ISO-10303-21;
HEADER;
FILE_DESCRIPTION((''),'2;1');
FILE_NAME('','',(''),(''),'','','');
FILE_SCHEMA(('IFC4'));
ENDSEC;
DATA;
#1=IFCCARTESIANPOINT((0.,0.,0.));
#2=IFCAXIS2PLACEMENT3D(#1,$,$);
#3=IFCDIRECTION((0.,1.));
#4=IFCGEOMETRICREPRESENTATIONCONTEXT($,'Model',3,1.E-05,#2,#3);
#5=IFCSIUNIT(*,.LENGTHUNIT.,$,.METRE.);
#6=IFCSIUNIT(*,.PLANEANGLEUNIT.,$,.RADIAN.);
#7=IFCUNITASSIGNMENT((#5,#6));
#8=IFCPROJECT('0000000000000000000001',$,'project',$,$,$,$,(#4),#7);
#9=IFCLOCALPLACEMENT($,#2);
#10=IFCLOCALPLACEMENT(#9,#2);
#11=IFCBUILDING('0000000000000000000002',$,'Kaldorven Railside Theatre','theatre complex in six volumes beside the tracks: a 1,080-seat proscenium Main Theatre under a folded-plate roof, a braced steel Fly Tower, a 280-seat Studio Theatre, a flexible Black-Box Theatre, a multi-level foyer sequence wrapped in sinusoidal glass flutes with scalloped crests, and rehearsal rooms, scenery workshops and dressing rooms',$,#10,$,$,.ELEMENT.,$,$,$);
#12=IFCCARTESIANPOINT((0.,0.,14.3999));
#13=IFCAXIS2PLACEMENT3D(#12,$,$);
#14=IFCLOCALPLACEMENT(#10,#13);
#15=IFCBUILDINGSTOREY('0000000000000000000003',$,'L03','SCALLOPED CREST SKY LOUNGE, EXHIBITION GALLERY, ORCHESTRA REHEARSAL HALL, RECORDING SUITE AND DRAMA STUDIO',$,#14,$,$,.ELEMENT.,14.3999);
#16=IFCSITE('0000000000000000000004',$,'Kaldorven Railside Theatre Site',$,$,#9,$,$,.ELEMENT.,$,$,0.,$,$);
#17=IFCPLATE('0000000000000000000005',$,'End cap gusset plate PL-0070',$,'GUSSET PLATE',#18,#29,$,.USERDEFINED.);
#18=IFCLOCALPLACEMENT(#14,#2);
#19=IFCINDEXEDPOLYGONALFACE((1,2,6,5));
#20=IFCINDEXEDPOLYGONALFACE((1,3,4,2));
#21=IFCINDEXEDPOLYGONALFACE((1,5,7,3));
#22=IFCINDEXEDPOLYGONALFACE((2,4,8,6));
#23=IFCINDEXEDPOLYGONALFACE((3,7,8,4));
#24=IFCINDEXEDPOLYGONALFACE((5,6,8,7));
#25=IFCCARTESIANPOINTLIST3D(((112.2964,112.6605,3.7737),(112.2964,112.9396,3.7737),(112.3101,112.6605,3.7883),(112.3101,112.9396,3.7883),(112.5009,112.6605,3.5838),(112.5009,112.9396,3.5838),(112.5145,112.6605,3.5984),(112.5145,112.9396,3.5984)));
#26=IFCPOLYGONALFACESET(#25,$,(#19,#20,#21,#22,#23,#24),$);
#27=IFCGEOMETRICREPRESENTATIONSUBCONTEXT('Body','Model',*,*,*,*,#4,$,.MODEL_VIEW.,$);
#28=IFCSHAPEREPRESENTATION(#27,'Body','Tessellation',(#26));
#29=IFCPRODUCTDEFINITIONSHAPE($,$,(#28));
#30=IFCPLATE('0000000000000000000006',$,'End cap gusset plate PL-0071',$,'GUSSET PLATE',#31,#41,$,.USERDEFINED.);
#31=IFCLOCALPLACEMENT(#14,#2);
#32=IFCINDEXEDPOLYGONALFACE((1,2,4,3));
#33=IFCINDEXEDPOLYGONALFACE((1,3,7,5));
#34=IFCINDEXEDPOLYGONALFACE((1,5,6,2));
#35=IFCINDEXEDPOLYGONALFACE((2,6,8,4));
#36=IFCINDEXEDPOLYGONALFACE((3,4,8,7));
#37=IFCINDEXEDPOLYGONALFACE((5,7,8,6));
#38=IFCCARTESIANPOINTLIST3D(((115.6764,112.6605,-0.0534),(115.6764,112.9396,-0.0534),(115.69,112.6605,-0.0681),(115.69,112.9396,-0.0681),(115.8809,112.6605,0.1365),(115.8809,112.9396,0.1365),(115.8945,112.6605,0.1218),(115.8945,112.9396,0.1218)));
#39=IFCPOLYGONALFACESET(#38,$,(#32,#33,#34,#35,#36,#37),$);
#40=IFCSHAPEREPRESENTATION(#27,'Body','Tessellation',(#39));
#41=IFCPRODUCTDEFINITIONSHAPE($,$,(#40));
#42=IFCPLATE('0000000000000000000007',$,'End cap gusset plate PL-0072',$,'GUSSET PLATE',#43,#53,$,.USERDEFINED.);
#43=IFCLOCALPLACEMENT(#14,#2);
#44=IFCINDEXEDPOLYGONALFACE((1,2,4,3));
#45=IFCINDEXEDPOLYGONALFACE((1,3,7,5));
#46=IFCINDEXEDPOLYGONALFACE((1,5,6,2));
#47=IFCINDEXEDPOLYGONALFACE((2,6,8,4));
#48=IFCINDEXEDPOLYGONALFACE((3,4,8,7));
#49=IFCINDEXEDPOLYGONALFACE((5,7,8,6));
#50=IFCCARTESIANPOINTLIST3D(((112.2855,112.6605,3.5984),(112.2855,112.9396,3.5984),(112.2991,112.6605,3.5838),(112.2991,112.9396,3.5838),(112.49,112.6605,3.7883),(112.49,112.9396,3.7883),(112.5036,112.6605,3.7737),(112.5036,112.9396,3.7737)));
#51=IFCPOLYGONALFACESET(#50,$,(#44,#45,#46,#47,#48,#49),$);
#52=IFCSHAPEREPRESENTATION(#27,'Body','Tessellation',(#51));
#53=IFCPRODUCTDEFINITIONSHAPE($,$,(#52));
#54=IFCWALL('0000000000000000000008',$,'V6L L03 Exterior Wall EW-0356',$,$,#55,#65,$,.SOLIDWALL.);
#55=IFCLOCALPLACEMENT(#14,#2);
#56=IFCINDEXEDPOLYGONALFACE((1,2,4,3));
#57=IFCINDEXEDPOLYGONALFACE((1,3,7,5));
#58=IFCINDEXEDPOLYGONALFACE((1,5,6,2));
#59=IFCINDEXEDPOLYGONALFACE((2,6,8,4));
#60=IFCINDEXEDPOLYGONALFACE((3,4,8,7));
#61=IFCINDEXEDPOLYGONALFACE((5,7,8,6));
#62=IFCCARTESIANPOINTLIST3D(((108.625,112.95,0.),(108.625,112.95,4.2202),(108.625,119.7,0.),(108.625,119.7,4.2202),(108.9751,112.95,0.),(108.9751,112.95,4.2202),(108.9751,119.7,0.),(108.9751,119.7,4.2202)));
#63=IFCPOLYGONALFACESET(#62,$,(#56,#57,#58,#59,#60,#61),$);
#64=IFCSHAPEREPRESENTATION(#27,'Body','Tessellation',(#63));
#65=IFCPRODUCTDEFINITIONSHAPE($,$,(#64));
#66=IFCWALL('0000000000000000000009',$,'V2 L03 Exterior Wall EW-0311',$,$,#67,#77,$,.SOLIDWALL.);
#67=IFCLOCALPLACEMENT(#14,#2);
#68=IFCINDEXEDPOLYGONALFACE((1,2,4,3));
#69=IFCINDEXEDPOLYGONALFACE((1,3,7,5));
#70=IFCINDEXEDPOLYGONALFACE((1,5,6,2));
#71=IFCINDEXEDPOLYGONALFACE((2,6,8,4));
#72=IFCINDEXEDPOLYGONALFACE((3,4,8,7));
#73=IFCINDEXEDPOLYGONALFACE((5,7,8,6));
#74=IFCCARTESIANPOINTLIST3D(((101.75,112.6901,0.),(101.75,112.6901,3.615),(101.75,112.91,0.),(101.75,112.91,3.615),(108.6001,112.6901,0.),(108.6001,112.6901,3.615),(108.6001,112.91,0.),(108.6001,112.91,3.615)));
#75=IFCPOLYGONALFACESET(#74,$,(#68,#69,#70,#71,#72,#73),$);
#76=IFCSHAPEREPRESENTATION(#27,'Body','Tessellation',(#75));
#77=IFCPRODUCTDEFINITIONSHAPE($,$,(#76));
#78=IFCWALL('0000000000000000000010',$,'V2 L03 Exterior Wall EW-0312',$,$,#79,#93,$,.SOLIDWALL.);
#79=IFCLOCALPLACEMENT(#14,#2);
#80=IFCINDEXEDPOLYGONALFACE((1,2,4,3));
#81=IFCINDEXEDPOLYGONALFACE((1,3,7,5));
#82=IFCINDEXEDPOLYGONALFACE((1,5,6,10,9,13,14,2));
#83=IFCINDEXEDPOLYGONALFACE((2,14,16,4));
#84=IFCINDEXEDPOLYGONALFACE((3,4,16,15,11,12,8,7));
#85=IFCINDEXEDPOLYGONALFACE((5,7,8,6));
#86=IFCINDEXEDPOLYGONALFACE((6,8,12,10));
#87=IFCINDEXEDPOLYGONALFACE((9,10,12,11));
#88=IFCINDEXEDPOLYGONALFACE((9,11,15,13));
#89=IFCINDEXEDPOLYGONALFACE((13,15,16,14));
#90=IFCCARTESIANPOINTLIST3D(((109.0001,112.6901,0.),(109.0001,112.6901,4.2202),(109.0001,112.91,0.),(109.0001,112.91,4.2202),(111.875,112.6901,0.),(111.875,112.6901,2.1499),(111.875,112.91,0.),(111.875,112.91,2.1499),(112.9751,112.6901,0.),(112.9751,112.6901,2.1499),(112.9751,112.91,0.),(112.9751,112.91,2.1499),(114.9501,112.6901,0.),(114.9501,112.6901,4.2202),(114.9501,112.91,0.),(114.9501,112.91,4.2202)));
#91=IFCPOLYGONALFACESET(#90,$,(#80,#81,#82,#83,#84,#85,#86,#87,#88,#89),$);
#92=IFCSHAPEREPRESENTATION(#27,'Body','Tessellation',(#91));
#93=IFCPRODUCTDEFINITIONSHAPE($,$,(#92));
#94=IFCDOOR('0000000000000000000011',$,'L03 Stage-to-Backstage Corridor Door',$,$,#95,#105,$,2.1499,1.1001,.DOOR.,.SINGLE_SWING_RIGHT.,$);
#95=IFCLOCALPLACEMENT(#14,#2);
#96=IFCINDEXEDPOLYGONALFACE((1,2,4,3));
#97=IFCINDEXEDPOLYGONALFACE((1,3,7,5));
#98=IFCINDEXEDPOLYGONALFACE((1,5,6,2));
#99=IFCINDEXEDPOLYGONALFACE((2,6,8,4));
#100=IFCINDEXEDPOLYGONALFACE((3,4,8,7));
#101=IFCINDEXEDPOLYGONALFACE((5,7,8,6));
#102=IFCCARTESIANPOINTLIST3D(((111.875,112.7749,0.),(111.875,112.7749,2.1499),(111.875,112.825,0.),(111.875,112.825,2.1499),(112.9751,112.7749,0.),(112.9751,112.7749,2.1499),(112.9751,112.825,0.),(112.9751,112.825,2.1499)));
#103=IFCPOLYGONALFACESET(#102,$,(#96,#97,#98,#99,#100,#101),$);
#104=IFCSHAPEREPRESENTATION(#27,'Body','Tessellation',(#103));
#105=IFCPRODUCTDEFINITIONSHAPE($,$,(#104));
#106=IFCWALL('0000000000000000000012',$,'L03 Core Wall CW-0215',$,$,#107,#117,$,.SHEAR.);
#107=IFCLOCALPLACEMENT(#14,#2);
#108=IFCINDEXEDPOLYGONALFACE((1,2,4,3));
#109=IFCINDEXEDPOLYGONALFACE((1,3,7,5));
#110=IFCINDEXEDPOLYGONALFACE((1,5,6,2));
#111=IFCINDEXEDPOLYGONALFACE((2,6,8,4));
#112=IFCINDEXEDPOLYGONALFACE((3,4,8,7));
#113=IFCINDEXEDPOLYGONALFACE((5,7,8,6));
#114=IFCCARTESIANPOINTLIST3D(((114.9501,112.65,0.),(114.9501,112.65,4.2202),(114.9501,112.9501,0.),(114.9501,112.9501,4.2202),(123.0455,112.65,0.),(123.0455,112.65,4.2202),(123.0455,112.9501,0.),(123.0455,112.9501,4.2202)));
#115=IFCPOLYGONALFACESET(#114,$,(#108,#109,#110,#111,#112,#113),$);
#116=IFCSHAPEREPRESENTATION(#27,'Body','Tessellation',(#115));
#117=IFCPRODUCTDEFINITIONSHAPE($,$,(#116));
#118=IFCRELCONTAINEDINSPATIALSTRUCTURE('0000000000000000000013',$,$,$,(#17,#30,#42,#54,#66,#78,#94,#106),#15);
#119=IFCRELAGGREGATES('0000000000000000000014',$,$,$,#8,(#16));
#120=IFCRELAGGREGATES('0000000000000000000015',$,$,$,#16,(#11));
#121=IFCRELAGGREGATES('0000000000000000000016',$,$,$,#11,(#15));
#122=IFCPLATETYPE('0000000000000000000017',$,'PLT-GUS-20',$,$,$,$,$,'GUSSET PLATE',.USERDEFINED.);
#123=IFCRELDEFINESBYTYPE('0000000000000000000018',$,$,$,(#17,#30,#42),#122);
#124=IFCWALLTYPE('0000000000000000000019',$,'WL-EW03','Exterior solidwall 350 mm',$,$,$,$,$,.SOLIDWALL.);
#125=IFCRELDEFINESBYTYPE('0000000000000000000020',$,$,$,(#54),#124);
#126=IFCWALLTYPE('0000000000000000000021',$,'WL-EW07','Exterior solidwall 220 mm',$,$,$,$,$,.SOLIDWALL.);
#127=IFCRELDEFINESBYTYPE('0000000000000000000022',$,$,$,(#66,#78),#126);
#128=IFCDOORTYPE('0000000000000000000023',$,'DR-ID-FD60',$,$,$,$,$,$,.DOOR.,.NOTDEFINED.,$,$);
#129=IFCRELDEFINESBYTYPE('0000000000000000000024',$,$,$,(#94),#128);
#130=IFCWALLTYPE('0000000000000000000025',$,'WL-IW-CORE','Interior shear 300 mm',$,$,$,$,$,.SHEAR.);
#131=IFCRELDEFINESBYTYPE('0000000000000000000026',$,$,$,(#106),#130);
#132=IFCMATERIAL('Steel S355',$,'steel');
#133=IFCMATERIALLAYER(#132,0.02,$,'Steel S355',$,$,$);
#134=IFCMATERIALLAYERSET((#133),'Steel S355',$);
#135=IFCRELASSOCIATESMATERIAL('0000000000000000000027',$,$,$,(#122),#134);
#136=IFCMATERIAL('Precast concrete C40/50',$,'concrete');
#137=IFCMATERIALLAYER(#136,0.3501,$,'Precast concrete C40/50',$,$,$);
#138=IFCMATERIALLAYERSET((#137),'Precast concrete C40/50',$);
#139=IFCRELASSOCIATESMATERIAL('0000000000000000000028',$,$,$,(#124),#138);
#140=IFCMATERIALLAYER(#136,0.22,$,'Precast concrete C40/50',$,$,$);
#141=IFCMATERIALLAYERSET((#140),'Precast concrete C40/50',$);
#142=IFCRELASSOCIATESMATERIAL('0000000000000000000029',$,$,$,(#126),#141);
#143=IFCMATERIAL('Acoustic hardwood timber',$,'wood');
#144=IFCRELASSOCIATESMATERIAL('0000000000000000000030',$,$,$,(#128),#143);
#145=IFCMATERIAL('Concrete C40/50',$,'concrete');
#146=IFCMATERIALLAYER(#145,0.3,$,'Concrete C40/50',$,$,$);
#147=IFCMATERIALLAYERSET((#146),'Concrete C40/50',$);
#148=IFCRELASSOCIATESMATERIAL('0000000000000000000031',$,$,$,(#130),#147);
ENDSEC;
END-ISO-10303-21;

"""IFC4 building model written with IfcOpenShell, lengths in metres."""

from ifc_helpers import new_model, si_unit, direction, frame, frame_2d, origin, origin_2d, place, context, subcontext, project, spatial, rectangle, extrude, material, layer, layer_set, type_object, element, fill, save


model = new_model("IFC4")

# Units and contexts
model_context = context("Model", 3, precision=1e-05, world=origin(), true_north=direction((0.0, 1.0)))
body_context = subcontext(model_context, "Body", "Model", "MODEL_VIEW")
ifc_project = project(units=[si_unit("LENGTHUNIT", "METRE"), si_unit("PLANEANGLEUNIT", "RADIAN")], contexts=[model_context])

# Site, building, storey
site_placement = place(None, origin())
site = spatial("IfcSite", under=ifc_project, at=site_placement, Name="Kaldorven Railside Theatre Site", CompositionType="ELEMENT", RefElevation=0.0)
building_placement = place(site_placement, origin())
building = spatial("IfcBuilding", under=site, at=building_placement, Name="Kaldorven Railside Theatre", Description="theatre complex in six volumes beside the tracks: a 1,080-seat proscenium Main Theatre under a folded-plate roof, a braced steel Fly Tower, a 280-seat Studio Theatre, a flexible Black-Box Theatre, a multi-level foyer sequence wrapped in sinusoidal glass flutes with scalloped crests, and rehearsal rooms, scenery workshops and dressing rooms", CompositionType="ELEMENT")
storey_placement = place(building_placement, frame((0.0, 0.0, 14.3999)))
storey = spatial("IfcBuildingStorey", under=building, at=storey_placement, Name="L03", Description="SCALLOPED CREST SKY LOUNGE, EXHIBITION GALLERY, ORCHESTRA REHEARSAL HALL, RECORDING SUITE AND DRAMA STUDIO", CompositionType="ELEMENT", Elevation=14.3999)

# Shared definitions
ifc_material_1 = material(Name="Steel S355", Category="steel")

# Shared definitions
ifc_material_2 = material(Name="Concrete C40/50", Category="concrete")

# Plates
ifc_layer_1 = layer(ifc_material_1, 0.02, Name="Steel S355")
ifc_layer_set_1 = layer_set([ifc_layer_1], Name="Steel S355")
plate_type = type_object("IfcPlateType", Name="PLT-GUS-20", ElementType="GUSSET PLATE", PredefinedType="USERDEFINED", material=ifc_layer_set_1)
for number, where, z_axis, x_axis, name in (
    (1, (112.3987, 112.8, 3.6787), (0.680465, 0.0, 0.73278), (0.0, 1.0, 0.0), "End cap gusset plate PL-0070"),
    (2, (115.7922, 112.8, 0.0269), (-0.680465, 0.0, 0.73278), (0.0, -1.0, 0.0), "End cap gusset plate PL-0071"),
    (3, (112.4014, 112.8, 3.6787), (-0.680465, 0.0, 0.73278), (0.0, -1.0, 0.0), "End cap gusset plate PL-0072"),
):
    element("IfcPlate", number, at=place(storey_placement, frame(where, z_axis=z_axis, x_axis=x_axis)), inside=storey, type_object=plate_type, Name=name, ObjectType="GUSSET PLATE", PredefinedType="USERDEFINED", context=body_context, shape_type="SweptSolid", body=[
        extrude(rectangle(XDim=0.2791, YDim=0.2791, at=origin_2d()), origin(), (0.0, 0.0, 1.0), 0.02),
    ])

# Walls
ifc_material_3 = material(Name="Precast concrete C40/50", Category="concrete")
ifc_layer_2 = layer(ifc_material_3, 0.3501, Name="Precast concrete C40/50")
ifc_layer_set_2 = layer_set([ifc_layer_2], Name="Precast concrete C40/50")
wall_type_1 = type_object("IfcWallType", Name="WL-EW03", Description="Exterior solidwall 350 mm", PredefinedType="SOLIDWALL", material=ifc_layer_set_2)
wall_1_placement = place(storey_placement, frame((108.8, 112.95, 0.0), z_axis=(0.0, 0.0, 1.0), x_axis=(0.0, 1.0, 0.0)))
element("IfcWall", 4, at=wall_1_placement, inside=storey, type_object=wall_type_1, Name="V6L L03 Exterior Wall EW-0356", PredefinedType="SOLIDWALL", context=body_context, shape_type="SweptSolid", body=[
    extrude(rectangle(XDim=6.75, YDim=0.3501, at=frame_2d((3.375, 0.0))), origin(), (0.0, 0.0, 1.0), 4.2202),
])
ifc_layer_3 = layer(ifc_material_3, 0.22, Name="Precast concrete C40/50")
ifc_layer_set_3 = layer_set([ifc_layer_3], Name="Precast concrete C40/50")
wall_type_2 = type_object("IfcWallType", Name="WL-EW07", Description="Exterior solidwall 220 mm", PredefinedType="SOLIDWALL", material=ifc_layer_set_3)
wall_2_placement = place(storey_placement, frame((101.75, 112.8, 0.0), z_axis=(0.0, 0.0, 1.0), x_axis=(1.0, 0.0, 0.0)))
element("IfcWall", 5, at=wall_2_placement, inside=storey, type_object=wall_type_2, Name="V2 L03 Exterior Wall EW-0311", PredefinedType="SOLIDWALL", context=body_context, shape_type="SweptSolid", body=[
    extrude(rectangle(XDim=6.8501, YDim=0.22, at=frame_2d((3.425, 0.0))), origin(), (0.0, 0.0, 1.0), 3.615),
])

# Wall, opening, door
wall_3_placement = place(storey_placement, frame((109.0, 112.8, 0.0), z_axis=(0.0, 0.0, 1.0), x_axis=(1.0, 0.0, 0.0)))
wall_3 = element("IfcWall", 6, at=wall_3_placement, inside=storey, type_object=wall_type_2, Name="V2 L03 Exterior Wall EW-0312", PredefinedType="SOLIDWALL", context=body_context, shape_type="SweptSolid", body=[
    extrude(rectangle(XDim=5.95, YDim=0.22, at=frame_2d((2.9751, 0.0))), origin(), (0.0, 0.0, 1.0), 4.2202),
])
opening_placement = place(wall_3_placement, frame((2.875, 0.0, 0.0)))
opening = element("IfcOpeningElement", 7, at=opening_placement, cuts=wall_3, PredefinedType="OPENING", context=body_context, shape_type="SweptSolid", body=[
    extrude(rectangle(XDim=1.1001, YDim=2.1499, at=frame_2d((0.55, 1.075))), frame((0.0, 0.1201, 0.0), z_axis=(0.0, -1.0, 0.0), x_axis=(1.0, 0.0, 0.0)), (0.0, 0.0, 1.0), 0.24),
])
ifc_material_4 = material(Name="Acoustic hardwood timber", Category="wood")
door_type = type_object("IfcDoorType", Name="DR-ID-FD60", OperationType="NOTDEFINED", PredefinedType="DOOR", material=ifc_material_4)
door_placement = place(opening_placement, origin())
door = element("IfcDoor", 8, at=door_placement, inside=storey, type_object=door_type, Name="L03 Stage-to-Backstage Corridor Door", OperationType="SINGLE_SWING_RIGHT", OverallHeight=2.1499, OverallWidth=1.1001, PredefinedType="DOOR", context=body_context, shape_type="SweptSolid", body=[
    extrude(rectangle(XDim=1.1001, YDim=2.1499, at=frame_2d((0.55, 1.075))), frame((0.0, 0.0249, 0.0), z_axis=(0.0, -1.0, 0.0), x_axis=(1.0, 0.0, 0.0)), (0.0, 0.0, 1.0), 0.05),
])
fill(opening, door)

# Wall
ifc_layer_4 = layer(ifc_material_2, 0.3, Name="Concrete C40/50")
ifc_layer_set_4 = layer_set([ifc_layer_4], Name="Concrete C40/50")
wall_type_3 = type_object("IfcWallType", Name="WL-IW-CORE", Description="Interior shear 300 mm", PredefinedType="SHEAR", material=ifc_layer_set_4)
wall_4_placement = place(storey_placement, frame((114.95, 112.8, 0.0), z_axis=(0.0, 0.0, 1.0), x_axis=(1.0, 0.0, 0.0)))
element("IfcWall", 9, at=wall_4_placement, inside=storey, type_object=wall_type_3, Name="L03 Core Wall CW-0215", PredefinedType="SHEAR", context=body_context, shape_type="SweptSolid", body=[
    extrude(rectangle(XDim=8.0955, YDim=0.3, at=frame_2d((4.0479, 0.0))), origin(), (0.0, 0.0, 1.0), 4.2202),
])

save(model, "model.ifc")
